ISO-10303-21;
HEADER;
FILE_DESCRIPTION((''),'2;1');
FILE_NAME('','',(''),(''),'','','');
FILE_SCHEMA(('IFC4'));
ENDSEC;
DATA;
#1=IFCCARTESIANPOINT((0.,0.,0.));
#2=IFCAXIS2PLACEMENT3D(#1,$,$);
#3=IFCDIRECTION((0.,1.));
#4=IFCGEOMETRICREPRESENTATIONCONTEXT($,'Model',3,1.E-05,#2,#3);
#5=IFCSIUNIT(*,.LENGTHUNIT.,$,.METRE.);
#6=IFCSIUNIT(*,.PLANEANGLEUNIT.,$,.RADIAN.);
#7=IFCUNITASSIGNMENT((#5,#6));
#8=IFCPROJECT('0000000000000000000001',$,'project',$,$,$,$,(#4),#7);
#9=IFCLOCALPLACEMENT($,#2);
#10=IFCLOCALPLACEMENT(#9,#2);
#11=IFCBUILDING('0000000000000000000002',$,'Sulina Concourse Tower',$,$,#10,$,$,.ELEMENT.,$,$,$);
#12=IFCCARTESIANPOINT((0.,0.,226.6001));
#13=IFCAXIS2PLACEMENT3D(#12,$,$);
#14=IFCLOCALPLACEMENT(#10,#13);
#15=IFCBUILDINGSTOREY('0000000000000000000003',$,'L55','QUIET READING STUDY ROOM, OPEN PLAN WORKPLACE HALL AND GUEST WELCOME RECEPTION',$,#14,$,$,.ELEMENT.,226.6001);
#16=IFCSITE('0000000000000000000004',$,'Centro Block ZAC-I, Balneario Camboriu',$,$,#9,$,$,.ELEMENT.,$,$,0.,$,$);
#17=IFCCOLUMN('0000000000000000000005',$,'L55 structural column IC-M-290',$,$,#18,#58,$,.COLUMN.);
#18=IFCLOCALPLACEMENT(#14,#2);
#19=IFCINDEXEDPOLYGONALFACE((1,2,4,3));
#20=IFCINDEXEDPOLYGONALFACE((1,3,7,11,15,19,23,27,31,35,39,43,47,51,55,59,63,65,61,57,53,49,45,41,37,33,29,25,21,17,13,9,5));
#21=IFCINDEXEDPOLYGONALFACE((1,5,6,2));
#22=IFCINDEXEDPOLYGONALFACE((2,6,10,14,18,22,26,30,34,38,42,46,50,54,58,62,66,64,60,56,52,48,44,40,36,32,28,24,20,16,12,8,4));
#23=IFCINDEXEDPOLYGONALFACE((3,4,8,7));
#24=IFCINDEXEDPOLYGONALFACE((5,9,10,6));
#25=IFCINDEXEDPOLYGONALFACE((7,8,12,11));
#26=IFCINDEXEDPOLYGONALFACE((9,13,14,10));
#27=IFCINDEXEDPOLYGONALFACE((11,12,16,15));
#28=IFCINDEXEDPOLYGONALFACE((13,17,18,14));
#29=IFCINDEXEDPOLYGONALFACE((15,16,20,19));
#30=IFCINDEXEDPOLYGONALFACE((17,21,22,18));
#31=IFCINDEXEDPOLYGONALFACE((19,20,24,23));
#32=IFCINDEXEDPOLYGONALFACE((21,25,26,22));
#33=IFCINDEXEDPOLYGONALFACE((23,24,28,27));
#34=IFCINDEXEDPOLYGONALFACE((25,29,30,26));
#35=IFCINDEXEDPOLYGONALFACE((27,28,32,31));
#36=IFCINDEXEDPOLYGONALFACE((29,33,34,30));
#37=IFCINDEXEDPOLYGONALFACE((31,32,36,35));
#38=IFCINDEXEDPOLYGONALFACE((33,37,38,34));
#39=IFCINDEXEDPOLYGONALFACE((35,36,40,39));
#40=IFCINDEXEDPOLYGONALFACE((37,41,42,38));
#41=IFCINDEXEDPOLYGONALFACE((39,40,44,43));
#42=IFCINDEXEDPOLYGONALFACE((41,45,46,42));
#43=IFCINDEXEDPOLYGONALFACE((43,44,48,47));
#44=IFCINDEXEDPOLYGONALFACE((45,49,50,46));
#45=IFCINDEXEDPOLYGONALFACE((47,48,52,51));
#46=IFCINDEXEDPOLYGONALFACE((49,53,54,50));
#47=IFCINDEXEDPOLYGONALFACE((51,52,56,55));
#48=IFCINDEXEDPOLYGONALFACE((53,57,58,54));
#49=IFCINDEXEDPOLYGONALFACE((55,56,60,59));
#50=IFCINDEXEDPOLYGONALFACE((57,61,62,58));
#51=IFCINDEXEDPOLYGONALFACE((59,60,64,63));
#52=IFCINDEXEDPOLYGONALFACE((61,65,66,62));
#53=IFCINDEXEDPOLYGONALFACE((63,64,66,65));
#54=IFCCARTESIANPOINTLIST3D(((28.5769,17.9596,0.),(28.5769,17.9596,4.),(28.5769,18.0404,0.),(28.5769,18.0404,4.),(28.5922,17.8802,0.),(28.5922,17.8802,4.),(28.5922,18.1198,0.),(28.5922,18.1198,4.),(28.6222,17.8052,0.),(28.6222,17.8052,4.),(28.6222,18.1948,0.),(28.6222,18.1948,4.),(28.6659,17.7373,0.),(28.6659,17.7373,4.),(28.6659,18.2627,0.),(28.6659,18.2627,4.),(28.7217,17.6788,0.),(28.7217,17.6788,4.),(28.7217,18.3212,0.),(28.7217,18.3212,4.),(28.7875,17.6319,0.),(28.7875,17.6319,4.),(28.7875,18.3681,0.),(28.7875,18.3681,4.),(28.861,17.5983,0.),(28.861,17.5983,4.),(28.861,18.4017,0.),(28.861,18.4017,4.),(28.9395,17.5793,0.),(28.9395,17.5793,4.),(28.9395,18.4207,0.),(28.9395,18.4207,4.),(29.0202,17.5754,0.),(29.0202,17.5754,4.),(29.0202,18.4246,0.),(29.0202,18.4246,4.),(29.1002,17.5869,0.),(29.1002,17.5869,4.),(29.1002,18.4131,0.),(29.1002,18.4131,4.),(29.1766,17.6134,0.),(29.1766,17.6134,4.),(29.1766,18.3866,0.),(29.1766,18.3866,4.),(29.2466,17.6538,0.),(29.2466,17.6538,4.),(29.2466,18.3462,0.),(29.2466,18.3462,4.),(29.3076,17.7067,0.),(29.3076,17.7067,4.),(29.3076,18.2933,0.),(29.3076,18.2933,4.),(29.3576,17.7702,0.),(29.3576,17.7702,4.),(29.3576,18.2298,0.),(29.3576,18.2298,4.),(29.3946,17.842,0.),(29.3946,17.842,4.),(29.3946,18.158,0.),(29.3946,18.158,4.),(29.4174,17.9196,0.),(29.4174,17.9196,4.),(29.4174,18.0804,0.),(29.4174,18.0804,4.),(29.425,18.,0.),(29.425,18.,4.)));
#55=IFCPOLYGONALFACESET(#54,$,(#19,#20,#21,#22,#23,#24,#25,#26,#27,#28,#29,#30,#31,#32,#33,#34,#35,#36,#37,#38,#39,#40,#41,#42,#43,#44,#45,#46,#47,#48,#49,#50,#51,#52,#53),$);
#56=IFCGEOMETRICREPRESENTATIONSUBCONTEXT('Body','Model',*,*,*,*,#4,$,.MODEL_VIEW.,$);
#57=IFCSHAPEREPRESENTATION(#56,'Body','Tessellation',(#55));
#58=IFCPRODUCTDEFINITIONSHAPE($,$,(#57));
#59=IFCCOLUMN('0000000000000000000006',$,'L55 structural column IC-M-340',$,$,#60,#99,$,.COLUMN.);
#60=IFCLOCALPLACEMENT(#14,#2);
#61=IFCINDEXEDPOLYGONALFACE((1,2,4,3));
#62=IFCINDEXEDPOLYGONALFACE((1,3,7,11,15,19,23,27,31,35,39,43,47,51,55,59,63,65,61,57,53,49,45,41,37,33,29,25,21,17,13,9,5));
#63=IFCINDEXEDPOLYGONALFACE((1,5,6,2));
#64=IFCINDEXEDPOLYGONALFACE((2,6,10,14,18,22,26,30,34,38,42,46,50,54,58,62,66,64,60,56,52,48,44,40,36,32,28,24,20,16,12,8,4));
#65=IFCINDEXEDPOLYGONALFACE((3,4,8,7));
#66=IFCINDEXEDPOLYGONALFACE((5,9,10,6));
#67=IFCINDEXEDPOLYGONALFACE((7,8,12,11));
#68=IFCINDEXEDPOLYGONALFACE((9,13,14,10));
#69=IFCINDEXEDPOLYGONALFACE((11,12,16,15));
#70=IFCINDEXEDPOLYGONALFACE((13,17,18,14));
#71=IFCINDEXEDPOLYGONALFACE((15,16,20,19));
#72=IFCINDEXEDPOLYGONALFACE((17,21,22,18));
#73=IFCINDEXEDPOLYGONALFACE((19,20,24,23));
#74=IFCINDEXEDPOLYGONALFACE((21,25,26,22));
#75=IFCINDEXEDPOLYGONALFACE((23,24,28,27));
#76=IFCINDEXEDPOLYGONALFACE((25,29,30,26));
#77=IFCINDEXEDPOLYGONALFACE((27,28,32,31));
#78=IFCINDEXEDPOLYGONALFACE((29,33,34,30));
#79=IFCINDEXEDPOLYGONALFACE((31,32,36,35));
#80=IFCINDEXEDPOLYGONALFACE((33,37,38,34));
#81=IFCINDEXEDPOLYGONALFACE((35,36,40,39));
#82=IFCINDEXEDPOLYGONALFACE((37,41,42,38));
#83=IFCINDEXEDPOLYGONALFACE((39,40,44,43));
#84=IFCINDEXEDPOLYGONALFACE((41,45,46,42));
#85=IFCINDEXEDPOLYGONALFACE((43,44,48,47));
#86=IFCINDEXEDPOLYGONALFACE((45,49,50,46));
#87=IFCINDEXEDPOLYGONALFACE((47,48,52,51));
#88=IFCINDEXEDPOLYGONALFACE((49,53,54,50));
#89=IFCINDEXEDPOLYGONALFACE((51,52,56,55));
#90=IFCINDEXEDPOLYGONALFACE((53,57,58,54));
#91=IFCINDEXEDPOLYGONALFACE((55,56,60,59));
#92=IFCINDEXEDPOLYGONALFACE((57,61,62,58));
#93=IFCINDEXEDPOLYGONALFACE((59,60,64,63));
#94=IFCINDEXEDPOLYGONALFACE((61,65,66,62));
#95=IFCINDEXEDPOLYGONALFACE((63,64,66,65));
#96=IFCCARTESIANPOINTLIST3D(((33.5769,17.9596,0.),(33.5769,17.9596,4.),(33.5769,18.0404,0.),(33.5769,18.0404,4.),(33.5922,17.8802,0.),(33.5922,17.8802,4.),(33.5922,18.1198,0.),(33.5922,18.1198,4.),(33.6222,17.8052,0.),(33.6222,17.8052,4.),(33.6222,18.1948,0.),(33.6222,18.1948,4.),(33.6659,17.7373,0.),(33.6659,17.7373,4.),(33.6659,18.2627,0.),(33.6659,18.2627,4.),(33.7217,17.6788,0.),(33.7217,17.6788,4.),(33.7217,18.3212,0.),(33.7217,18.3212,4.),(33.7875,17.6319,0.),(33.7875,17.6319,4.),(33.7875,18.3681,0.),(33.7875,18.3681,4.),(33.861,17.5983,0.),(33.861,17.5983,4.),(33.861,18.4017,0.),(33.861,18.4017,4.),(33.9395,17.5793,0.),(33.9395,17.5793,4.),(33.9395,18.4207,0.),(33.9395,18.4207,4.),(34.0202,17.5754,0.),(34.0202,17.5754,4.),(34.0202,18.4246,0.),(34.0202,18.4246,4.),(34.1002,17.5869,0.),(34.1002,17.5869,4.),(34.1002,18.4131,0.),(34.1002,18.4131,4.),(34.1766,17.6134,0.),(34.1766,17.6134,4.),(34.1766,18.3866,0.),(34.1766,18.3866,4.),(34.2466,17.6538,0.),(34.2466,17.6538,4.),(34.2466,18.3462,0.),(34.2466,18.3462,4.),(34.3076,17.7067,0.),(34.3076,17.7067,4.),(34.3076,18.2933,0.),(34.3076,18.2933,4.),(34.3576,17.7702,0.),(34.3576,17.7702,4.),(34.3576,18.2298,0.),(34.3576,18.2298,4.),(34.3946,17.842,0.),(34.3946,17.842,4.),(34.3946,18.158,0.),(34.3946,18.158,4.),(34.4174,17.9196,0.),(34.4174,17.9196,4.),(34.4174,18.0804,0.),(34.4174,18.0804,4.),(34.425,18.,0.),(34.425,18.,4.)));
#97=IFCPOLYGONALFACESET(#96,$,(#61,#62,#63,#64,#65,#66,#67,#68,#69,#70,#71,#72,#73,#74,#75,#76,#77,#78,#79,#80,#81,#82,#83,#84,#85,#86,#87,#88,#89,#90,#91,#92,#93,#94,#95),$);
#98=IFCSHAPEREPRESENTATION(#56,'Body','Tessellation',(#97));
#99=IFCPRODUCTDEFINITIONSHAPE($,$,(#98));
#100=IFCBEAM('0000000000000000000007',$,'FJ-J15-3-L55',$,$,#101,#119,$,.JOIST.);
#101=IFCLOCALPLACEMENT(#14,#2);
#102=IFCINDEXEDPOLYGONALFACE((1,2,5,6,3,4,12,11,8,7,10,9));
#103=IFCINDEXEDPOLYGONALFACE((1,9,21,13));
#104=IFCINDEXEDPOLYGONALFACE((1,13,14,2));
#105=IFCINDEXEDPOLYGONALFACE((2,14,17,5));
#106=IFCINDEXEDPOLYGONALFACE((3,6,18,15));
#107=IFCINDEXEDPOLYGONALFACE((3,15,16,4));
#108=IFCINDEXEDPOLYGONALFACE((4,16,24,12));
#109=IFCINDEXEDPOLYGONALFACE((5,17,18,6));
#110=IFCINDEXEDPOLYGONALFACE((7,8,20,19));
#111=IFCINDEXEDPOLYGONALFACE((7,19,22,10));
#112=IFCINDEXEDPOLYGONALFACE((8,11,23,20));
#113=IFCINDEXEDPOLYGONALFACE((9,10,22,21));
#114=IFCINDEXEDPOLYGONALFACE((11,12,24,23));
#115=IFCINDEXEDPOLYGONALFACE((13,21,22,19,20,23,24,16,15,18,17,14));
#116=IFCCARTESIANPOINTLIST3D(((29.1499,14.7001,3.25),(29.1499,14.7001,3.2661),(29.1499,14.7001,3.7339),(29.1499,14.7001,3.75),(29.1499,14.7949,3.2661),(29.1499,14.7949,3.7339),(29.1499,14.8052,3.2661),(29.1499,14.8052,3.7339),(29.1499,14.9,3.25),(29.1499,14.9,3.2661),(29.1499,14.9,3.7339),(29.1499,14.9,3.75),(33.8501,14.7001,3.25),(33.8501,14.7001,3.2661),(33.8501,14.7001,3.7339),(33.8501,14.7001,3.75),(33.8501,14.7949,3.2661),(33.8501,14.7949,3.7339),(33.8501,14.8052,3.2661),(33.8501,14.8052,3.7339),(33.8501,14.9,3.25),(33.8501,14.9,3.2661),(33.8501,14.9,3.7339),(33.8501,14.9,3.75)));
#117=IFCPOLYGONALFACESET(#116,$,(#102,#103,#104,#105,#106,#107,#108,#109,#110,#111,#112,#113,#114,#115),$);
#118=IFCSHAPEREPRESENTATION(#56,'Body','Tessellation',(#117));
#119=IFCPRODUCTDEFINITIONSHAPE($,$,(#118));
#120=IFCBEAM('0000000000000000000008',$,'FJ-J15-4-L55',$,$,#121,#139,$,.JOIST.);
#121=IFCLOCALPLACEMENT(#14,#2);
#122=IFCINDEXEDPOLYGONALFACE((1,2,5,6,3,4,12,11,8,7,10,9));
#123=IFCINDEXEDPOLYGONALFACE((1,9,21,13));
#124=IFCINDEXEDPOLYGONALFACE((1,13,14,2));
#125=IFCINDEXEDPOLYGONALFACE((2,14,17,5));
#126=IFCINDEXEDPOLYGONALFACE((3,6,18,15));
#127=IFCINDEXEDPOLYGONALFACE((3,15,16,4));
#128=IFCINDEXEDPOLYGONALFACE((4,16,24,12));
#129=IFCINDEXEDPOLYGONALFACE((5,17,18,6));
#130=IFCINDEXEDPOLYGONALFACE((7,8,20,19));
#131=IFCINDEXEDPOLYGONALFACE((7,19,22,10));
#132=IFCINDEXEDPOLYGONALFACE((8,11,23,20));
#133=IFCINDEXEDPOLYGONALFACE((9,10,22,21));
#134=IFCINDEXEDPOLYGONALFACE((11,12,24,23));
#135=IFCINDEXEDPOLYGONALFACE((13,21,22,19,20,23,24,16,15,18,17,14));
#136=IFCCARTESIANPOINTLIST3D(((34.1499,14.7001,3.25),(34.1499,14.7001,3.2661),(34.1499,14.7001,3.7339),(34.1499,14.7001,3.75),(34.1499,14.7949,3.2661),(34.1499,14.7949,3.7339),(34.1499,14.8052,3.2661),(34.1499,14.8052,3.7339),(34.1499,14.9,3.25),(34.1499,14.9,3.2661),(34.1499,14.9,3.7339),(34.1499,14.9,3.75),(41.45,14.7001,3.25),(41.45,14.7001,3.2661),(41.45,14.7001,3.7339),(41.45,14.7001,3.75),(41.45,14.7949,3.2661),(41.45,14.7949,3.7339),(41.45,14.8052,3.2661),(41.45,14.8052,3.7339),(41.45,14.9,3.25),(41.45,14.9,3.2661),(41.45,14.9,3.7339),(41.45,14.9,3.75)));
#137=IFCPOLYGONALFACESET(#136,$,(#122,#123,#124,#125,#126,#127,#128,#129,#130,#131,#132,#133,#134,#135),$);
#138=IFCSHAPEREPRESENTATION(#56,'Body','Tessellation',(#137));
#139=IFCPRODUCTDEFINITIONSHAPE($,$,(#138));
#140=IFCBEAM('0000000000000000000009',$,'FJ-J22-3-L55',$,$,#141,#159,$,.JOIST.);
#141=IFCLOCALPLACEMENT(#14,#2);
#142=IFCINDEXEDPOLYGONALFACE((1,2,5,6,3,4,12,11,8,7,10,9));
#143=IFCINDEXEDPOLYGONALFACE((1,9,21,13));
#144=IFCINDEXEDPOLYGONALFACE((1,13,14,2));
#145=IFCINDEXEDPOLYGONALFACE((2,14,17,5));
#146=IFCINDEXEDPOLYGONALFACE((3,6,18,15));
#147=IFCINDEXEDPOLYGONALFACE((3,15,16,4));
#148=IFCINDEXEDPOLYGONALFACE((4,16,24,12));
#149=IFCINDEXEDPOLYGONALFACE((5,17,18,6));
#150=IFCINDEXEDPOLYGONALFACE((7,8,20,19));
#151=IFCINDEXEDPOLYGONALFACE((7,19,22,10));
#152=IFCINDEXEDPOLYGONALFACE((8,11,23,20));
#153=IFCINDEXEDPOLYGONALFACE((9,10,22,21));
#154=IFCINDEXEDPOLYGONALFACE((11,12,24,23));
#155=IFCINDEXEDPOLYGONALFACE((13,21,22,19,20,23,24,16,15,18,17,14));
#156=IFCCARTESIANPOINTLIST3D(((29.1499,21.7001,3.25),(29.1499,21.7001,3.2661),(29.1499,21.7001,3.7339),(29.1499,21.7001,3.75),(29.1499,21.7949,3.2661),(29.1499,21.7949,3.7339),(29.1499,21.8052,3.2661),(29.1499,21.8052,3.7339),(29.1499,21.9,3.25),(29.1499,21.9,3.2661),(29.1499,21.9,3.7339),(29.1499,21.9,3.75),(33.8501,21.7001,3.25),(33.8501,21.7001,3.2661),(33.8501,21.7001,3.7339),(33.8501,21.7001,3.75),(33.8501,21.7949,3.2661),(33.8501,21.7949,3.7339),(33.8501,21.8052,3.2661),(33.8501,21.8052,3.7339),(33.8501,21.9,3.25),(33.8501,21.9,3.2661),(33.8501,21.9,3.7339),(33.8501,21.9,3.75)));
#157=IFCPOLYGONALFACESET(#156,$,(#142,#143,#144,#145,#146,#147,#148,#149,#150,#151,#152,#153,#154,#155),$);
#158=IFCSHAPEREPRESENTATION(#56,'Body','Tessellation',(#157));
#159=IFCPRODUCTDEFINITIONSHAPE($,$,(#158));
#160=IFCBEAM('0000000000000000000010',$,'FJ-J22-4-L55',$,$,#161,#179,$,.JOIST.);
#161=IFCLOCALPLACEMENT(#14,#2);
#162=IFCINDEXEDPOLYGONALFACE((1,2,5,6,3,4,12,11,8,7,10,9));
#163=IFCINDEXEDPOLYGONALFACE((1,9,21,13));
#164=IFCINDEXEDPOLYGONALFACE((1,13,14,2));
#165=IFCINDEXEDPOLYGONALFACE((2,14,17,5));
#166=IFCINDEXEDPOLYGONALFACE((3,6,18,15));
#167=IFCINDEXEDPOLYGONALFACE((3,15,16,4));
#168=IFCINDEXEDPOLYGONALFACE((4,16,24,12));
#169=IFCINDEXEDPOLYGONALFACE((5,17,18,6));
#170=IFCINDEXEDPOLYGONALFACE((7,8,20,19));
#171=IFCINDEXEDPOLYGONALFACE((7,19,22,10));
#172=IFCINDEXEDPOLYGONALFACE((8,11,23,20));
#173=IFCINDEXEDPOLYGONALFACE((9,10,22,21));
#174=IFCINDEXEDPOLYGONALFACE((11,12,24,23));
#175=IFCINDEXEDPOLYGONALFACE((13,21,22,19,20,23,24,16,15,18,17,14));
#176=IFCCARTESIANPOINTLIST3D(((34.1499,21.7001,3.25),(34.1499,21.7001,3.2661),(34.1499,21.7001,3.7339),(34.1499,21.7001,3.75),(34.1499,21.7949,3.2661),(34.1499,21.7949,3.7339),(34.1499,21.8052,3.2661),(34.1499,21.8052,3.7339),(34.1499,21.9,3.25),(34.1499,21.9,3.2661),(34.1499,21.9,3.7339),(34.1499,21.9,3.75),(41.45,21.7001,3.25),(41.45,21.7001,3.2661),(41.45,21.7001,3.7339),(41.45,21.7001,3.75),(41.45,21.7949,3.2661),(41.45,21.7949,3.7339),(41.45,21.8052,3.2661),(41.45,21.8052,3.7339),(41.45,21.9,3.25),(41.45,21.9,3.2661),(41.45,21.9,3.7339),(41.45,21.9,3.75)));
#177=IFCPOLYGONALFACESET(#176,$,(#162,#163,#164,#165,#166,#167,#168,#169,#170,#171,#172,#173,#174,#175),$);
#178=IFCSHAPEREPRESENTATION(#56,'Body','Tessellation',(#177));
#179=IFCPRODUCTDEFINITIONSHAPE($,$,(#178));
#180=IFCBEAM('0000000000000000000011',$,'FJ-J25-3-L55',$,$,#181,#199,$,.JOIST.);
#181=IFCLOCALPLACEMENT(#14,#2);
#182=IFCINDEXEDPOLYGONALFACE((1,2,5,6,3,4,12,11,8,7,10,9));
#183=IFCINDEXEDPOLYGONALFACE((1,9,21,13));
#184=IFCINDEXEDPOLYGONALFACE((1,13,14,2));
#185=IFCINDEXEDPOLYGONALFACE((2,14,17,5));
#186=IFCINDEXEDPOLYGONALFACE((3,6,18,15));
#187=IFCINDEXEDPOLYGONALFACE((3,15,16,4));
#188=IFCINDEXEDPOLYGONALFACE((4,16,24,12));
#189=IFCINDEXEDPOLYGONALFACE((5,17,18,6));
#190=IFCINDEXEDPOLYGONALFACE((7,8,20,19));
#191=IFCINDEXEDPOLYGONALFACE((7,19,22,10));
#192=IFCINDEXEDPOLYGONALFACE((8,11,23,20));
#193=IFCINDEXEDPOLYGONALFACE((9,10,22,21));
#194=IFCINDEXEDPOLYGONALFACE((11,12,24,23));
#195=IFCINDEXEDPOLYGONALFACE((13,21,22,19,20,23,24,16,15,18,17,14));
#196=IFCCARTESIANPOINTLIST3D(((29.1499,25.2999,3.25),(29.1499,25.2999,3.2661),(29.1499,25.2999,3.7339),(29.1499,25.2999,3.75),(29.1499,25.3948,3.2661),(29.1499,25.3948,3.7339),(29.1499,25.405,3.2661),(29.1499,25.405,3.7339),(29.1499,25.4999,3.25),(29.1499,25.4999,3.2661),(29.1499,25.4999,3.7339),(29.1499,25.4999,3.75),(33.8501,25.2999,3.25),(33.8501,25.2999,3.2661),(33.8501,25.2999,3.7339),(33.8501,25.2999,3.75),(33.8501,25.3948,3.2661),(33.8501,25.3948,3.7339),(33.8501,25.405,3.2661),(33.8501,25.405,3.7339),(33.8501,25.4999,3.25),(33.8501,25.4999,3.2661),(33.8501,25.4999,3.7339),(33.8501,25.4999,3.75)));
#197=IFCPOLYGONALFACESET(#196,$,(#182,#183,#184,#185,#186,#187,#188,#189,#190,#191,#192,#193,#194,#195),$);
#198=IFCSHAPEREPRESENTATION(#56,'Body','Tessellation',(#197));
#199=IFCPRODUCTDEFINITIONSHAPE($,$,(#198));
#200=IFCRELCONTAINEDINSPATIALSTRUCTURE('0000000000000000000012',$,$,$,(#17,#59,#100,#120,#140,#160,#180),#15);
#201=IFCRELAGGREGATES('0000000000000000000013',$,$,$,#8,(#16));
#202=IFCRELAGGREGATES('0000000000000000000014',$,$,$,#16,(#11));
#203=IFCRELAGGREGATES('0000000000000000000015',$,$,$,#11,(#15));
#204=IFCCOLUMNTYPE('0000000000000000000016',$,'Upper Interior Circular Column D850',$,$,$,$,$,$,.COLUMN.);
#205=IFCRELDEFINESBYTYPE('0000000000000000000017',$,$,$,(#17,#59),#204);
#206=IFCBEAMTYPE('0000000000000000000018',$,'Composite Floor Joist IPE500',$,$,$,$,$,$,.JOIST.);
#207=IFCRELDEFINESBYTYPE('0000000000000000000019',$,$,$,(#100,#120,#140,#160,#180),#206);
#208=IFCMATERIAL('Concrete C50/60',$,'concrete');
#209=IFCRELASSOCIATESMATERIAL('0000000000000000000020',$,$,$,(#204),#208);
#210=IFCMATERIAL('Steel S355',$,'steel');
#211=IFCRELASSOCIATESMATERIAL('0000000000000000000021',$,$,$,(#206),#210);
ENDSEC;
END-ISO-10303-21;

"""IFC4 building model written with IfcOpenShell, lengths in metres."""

from ifc_helpers import new_model, si_unit, direction, frame, origin, origin_2d, place, context, subcontext, project, spatial, circle, i_section, extrude, material, material_profile, profile_set, type_object, element, save


model = new_model("IFC4")

# Units and contexts
model_context = context("Model", 3, precision=1e-05, world=origin(), true_north=direction((0.0, 1.0)))
body_context = subcontext(model_context, "Body", "Model", "MODEL_VIEW")
ifc_project = project(units=[si_unit("LENGTHUNIT", "METRE"), si_unit("PLANEANGLEUNIT", "RADIAN")], contexts=[model_context])

# Site, building, storey
site_placement = place(None, origin())
site = spatial("IfcSite", under=ifc_project, at=site_placement, Name="Centro Block ZAC-I, Balneario Camboriu", CompositionType="ELEMENT", RefElevation=0.0)
building_placement = place(site_placement, origin())
building = spatial("IfcBuilding", under=site, at=building_placement, Name="Sulina Concourse Tower", CompositionType="ELEMENT")
storey_placement = place(building_placement, frame((0.0, 0.0, 226.6001)))
storey = spatial("IfcBuildingStorey", under=building, at=storey_placement, Name="L55", Description="QUIET READING STUDY ROOM, OPEN PLAN WORKPLACE HALL AND GUEST WELCOME RECEPTION", CompositionType="ELEMENT", Elevation=226.6001)

# Columns
ifc_material_1 = material(Name="Concrete C50/60", Category="concrete")
ifc_material_profile_1 = material_profile(ifc_material_1, circle(Radius=0.425, at=origin_2d()), Name="RC D850")
ifc_profile_set_1 = profile_set([ifc_material_profile_1], Name="Concrete C50/60")
column_type = type_object("IfcColumnType", Name="Upper Interior Circular Column D850", PredefinedType="COLUMN", material=ifc_profile_set_1)
for number, where, z_axis, x_axis, name in (
    (1, (29.0, 18.0, 0.0), (0.0, 0.0, 1.0), (1.0, 0.0, 0.0), "L55 structural column IC-M-290"),
    (2, (34.0, 18.0, 0.0), (0.0, 0.0, 1.0), (1.0, 0.0, 0.0), "L55 structural column IC-M-340"),
):
    element("IfcColumn", number, at=place(storey_placement, frame(where, z_axis=z_axis, x_axis=x_axis)), inside=storey, type_object=column_type, Name=name, PredefinedType="COLUMN", context=body_context, shape_type="SweptSolid", body=[
        extrude(circle(Radius=0.425, at=origin_2d()), origin(), (0.0, 0.0, 1.0), 4.0),
    ])

# Beams
ifc_material_2 = material(Name="Steel S355", Category="steel")
ifc_material_profile_2 = material_profile(ifc_material_2, i_section(OverallWidth=0.2, OverallDepth=0.5, WebThickness=0.0103, FlangeThickness=0.0161, at=origin_2d()), Name="IPE 500")
ifc_profile_set_2 = profile_set([ifc_material_profile_2], Name="Steel S355")
beam_type_1 = type_object("IfcBeamType", Name="Composite Floor Joist IPE500", PredefinedType="JOIST", material=ifc_profile_set_2)
beam_1_placement = place(storey_placement, frame((29.1499, 14.8, 3.5), z_axis=(1.0, 0.0, 0.0), x_axis=(0.0, 1.0, 0.0)))
element("IfcBeam", 3, at=beam_1_placement, inside=storey, type_object=beam_type_1, Name="FJ-J15-3-L55", PredefinedType="JOIST", context=body_context, shape_type="SweptSolid", body=[
    extrude(i_section(OverallWidth=0.2, OverallDepth=0.5, WebThickness=0.0103, FlangeThickness=0.0161, at=origin_2d()), origin(), (0.0, 0.0, 1.0), 4.7002),
])
beam_2_placement = place(storey_placement, frame((34.1499, 14.8, 3.5), z_axis=(1.0, 0.0, 0.0), x_axis=(0.0, 1.0, 0.0)))
element("IfcBeam", 4, at=beam_2_placement, inside=storey, type_object=beam_type_1, Name="FJ-J15-4-L55", PredefinedType="JOIST", context=body_context, shape_type="SweptSolid", body=[
    extrude(i_section(OverallWidth=0.2, OverallDepth=0.5, WebThickness=0.0103, FlangeThickness=0.0161, at=origin_2d()), origin(), (0.0, 0.0, 1.0), 7.3),
])
beam_3_placement = place(storey_placement, frame((29.1499, 21.8, 3.5), z_axis=(1.0, 0.0, 0.0), x_axis=(0.0, 1.0, 0.0)))
element("IfcBeam", 5, at=beam_3_placement, inside=storey, type_object=beam_type_1, Name="FJ-J22-3-L55", PredefinedType="JOIST", context=body_context, shape_type="SweptSolid", body=[
    extrude(i_section(OverallWidth=0.2, OverallDepth=0.5, WebThickness=0.0103, FlangeThickness=0.0161, at=origin_2d()), origin(), (0.0, 0.0, 1.0), 4.7002),
])
beam_4_placement = place(storey_placement, frame((34.1499, 21.8, 3.5), z_axis=(1.0, 0.0, 0.0), x_axis=(0.0, 1.0, 0.0)))
element("IfcBeam", 6, at=beam_4_placement, inside=storey, type_object=beam_type_1, Name="FJ-J22-4-L55", PredefinedType="JOIST", context=body_context, shape_type="SweptSolid", body=[
    extrude(i_section(OverallWidth=0.2, OverallDepth=0.5, WebThickness=0.0103, FlangeThickness=0.0161, at=origin_2d()), origin(), (0.0, 0.0, 1.0), 7.3),
])
beam_5_placement = place(storey_placement, frame((29.1499, 25.3999, 3.5), z_axis=(1.0, 0.0, 0.0), x_axis=(0.0, 1.0, 0.0)))
element("IfcBeam", 7, at=beam_5_placement, inside=storey, type_object=beam_type_1, Name="FJ-J25-3-L55", PredefinedType="JOIST", context=body_context, shape_type="SweptSolid", body=[
    extrude(i_section(OverallWidth=0.2, OverallDepth=0.5, WebThickness=0.0103, FlangeThickness=0.0161, at=origin_2d()), origin(), (0.0, 0.0, 1.0), 4.7002),
])

save(model, "model.ifc")
